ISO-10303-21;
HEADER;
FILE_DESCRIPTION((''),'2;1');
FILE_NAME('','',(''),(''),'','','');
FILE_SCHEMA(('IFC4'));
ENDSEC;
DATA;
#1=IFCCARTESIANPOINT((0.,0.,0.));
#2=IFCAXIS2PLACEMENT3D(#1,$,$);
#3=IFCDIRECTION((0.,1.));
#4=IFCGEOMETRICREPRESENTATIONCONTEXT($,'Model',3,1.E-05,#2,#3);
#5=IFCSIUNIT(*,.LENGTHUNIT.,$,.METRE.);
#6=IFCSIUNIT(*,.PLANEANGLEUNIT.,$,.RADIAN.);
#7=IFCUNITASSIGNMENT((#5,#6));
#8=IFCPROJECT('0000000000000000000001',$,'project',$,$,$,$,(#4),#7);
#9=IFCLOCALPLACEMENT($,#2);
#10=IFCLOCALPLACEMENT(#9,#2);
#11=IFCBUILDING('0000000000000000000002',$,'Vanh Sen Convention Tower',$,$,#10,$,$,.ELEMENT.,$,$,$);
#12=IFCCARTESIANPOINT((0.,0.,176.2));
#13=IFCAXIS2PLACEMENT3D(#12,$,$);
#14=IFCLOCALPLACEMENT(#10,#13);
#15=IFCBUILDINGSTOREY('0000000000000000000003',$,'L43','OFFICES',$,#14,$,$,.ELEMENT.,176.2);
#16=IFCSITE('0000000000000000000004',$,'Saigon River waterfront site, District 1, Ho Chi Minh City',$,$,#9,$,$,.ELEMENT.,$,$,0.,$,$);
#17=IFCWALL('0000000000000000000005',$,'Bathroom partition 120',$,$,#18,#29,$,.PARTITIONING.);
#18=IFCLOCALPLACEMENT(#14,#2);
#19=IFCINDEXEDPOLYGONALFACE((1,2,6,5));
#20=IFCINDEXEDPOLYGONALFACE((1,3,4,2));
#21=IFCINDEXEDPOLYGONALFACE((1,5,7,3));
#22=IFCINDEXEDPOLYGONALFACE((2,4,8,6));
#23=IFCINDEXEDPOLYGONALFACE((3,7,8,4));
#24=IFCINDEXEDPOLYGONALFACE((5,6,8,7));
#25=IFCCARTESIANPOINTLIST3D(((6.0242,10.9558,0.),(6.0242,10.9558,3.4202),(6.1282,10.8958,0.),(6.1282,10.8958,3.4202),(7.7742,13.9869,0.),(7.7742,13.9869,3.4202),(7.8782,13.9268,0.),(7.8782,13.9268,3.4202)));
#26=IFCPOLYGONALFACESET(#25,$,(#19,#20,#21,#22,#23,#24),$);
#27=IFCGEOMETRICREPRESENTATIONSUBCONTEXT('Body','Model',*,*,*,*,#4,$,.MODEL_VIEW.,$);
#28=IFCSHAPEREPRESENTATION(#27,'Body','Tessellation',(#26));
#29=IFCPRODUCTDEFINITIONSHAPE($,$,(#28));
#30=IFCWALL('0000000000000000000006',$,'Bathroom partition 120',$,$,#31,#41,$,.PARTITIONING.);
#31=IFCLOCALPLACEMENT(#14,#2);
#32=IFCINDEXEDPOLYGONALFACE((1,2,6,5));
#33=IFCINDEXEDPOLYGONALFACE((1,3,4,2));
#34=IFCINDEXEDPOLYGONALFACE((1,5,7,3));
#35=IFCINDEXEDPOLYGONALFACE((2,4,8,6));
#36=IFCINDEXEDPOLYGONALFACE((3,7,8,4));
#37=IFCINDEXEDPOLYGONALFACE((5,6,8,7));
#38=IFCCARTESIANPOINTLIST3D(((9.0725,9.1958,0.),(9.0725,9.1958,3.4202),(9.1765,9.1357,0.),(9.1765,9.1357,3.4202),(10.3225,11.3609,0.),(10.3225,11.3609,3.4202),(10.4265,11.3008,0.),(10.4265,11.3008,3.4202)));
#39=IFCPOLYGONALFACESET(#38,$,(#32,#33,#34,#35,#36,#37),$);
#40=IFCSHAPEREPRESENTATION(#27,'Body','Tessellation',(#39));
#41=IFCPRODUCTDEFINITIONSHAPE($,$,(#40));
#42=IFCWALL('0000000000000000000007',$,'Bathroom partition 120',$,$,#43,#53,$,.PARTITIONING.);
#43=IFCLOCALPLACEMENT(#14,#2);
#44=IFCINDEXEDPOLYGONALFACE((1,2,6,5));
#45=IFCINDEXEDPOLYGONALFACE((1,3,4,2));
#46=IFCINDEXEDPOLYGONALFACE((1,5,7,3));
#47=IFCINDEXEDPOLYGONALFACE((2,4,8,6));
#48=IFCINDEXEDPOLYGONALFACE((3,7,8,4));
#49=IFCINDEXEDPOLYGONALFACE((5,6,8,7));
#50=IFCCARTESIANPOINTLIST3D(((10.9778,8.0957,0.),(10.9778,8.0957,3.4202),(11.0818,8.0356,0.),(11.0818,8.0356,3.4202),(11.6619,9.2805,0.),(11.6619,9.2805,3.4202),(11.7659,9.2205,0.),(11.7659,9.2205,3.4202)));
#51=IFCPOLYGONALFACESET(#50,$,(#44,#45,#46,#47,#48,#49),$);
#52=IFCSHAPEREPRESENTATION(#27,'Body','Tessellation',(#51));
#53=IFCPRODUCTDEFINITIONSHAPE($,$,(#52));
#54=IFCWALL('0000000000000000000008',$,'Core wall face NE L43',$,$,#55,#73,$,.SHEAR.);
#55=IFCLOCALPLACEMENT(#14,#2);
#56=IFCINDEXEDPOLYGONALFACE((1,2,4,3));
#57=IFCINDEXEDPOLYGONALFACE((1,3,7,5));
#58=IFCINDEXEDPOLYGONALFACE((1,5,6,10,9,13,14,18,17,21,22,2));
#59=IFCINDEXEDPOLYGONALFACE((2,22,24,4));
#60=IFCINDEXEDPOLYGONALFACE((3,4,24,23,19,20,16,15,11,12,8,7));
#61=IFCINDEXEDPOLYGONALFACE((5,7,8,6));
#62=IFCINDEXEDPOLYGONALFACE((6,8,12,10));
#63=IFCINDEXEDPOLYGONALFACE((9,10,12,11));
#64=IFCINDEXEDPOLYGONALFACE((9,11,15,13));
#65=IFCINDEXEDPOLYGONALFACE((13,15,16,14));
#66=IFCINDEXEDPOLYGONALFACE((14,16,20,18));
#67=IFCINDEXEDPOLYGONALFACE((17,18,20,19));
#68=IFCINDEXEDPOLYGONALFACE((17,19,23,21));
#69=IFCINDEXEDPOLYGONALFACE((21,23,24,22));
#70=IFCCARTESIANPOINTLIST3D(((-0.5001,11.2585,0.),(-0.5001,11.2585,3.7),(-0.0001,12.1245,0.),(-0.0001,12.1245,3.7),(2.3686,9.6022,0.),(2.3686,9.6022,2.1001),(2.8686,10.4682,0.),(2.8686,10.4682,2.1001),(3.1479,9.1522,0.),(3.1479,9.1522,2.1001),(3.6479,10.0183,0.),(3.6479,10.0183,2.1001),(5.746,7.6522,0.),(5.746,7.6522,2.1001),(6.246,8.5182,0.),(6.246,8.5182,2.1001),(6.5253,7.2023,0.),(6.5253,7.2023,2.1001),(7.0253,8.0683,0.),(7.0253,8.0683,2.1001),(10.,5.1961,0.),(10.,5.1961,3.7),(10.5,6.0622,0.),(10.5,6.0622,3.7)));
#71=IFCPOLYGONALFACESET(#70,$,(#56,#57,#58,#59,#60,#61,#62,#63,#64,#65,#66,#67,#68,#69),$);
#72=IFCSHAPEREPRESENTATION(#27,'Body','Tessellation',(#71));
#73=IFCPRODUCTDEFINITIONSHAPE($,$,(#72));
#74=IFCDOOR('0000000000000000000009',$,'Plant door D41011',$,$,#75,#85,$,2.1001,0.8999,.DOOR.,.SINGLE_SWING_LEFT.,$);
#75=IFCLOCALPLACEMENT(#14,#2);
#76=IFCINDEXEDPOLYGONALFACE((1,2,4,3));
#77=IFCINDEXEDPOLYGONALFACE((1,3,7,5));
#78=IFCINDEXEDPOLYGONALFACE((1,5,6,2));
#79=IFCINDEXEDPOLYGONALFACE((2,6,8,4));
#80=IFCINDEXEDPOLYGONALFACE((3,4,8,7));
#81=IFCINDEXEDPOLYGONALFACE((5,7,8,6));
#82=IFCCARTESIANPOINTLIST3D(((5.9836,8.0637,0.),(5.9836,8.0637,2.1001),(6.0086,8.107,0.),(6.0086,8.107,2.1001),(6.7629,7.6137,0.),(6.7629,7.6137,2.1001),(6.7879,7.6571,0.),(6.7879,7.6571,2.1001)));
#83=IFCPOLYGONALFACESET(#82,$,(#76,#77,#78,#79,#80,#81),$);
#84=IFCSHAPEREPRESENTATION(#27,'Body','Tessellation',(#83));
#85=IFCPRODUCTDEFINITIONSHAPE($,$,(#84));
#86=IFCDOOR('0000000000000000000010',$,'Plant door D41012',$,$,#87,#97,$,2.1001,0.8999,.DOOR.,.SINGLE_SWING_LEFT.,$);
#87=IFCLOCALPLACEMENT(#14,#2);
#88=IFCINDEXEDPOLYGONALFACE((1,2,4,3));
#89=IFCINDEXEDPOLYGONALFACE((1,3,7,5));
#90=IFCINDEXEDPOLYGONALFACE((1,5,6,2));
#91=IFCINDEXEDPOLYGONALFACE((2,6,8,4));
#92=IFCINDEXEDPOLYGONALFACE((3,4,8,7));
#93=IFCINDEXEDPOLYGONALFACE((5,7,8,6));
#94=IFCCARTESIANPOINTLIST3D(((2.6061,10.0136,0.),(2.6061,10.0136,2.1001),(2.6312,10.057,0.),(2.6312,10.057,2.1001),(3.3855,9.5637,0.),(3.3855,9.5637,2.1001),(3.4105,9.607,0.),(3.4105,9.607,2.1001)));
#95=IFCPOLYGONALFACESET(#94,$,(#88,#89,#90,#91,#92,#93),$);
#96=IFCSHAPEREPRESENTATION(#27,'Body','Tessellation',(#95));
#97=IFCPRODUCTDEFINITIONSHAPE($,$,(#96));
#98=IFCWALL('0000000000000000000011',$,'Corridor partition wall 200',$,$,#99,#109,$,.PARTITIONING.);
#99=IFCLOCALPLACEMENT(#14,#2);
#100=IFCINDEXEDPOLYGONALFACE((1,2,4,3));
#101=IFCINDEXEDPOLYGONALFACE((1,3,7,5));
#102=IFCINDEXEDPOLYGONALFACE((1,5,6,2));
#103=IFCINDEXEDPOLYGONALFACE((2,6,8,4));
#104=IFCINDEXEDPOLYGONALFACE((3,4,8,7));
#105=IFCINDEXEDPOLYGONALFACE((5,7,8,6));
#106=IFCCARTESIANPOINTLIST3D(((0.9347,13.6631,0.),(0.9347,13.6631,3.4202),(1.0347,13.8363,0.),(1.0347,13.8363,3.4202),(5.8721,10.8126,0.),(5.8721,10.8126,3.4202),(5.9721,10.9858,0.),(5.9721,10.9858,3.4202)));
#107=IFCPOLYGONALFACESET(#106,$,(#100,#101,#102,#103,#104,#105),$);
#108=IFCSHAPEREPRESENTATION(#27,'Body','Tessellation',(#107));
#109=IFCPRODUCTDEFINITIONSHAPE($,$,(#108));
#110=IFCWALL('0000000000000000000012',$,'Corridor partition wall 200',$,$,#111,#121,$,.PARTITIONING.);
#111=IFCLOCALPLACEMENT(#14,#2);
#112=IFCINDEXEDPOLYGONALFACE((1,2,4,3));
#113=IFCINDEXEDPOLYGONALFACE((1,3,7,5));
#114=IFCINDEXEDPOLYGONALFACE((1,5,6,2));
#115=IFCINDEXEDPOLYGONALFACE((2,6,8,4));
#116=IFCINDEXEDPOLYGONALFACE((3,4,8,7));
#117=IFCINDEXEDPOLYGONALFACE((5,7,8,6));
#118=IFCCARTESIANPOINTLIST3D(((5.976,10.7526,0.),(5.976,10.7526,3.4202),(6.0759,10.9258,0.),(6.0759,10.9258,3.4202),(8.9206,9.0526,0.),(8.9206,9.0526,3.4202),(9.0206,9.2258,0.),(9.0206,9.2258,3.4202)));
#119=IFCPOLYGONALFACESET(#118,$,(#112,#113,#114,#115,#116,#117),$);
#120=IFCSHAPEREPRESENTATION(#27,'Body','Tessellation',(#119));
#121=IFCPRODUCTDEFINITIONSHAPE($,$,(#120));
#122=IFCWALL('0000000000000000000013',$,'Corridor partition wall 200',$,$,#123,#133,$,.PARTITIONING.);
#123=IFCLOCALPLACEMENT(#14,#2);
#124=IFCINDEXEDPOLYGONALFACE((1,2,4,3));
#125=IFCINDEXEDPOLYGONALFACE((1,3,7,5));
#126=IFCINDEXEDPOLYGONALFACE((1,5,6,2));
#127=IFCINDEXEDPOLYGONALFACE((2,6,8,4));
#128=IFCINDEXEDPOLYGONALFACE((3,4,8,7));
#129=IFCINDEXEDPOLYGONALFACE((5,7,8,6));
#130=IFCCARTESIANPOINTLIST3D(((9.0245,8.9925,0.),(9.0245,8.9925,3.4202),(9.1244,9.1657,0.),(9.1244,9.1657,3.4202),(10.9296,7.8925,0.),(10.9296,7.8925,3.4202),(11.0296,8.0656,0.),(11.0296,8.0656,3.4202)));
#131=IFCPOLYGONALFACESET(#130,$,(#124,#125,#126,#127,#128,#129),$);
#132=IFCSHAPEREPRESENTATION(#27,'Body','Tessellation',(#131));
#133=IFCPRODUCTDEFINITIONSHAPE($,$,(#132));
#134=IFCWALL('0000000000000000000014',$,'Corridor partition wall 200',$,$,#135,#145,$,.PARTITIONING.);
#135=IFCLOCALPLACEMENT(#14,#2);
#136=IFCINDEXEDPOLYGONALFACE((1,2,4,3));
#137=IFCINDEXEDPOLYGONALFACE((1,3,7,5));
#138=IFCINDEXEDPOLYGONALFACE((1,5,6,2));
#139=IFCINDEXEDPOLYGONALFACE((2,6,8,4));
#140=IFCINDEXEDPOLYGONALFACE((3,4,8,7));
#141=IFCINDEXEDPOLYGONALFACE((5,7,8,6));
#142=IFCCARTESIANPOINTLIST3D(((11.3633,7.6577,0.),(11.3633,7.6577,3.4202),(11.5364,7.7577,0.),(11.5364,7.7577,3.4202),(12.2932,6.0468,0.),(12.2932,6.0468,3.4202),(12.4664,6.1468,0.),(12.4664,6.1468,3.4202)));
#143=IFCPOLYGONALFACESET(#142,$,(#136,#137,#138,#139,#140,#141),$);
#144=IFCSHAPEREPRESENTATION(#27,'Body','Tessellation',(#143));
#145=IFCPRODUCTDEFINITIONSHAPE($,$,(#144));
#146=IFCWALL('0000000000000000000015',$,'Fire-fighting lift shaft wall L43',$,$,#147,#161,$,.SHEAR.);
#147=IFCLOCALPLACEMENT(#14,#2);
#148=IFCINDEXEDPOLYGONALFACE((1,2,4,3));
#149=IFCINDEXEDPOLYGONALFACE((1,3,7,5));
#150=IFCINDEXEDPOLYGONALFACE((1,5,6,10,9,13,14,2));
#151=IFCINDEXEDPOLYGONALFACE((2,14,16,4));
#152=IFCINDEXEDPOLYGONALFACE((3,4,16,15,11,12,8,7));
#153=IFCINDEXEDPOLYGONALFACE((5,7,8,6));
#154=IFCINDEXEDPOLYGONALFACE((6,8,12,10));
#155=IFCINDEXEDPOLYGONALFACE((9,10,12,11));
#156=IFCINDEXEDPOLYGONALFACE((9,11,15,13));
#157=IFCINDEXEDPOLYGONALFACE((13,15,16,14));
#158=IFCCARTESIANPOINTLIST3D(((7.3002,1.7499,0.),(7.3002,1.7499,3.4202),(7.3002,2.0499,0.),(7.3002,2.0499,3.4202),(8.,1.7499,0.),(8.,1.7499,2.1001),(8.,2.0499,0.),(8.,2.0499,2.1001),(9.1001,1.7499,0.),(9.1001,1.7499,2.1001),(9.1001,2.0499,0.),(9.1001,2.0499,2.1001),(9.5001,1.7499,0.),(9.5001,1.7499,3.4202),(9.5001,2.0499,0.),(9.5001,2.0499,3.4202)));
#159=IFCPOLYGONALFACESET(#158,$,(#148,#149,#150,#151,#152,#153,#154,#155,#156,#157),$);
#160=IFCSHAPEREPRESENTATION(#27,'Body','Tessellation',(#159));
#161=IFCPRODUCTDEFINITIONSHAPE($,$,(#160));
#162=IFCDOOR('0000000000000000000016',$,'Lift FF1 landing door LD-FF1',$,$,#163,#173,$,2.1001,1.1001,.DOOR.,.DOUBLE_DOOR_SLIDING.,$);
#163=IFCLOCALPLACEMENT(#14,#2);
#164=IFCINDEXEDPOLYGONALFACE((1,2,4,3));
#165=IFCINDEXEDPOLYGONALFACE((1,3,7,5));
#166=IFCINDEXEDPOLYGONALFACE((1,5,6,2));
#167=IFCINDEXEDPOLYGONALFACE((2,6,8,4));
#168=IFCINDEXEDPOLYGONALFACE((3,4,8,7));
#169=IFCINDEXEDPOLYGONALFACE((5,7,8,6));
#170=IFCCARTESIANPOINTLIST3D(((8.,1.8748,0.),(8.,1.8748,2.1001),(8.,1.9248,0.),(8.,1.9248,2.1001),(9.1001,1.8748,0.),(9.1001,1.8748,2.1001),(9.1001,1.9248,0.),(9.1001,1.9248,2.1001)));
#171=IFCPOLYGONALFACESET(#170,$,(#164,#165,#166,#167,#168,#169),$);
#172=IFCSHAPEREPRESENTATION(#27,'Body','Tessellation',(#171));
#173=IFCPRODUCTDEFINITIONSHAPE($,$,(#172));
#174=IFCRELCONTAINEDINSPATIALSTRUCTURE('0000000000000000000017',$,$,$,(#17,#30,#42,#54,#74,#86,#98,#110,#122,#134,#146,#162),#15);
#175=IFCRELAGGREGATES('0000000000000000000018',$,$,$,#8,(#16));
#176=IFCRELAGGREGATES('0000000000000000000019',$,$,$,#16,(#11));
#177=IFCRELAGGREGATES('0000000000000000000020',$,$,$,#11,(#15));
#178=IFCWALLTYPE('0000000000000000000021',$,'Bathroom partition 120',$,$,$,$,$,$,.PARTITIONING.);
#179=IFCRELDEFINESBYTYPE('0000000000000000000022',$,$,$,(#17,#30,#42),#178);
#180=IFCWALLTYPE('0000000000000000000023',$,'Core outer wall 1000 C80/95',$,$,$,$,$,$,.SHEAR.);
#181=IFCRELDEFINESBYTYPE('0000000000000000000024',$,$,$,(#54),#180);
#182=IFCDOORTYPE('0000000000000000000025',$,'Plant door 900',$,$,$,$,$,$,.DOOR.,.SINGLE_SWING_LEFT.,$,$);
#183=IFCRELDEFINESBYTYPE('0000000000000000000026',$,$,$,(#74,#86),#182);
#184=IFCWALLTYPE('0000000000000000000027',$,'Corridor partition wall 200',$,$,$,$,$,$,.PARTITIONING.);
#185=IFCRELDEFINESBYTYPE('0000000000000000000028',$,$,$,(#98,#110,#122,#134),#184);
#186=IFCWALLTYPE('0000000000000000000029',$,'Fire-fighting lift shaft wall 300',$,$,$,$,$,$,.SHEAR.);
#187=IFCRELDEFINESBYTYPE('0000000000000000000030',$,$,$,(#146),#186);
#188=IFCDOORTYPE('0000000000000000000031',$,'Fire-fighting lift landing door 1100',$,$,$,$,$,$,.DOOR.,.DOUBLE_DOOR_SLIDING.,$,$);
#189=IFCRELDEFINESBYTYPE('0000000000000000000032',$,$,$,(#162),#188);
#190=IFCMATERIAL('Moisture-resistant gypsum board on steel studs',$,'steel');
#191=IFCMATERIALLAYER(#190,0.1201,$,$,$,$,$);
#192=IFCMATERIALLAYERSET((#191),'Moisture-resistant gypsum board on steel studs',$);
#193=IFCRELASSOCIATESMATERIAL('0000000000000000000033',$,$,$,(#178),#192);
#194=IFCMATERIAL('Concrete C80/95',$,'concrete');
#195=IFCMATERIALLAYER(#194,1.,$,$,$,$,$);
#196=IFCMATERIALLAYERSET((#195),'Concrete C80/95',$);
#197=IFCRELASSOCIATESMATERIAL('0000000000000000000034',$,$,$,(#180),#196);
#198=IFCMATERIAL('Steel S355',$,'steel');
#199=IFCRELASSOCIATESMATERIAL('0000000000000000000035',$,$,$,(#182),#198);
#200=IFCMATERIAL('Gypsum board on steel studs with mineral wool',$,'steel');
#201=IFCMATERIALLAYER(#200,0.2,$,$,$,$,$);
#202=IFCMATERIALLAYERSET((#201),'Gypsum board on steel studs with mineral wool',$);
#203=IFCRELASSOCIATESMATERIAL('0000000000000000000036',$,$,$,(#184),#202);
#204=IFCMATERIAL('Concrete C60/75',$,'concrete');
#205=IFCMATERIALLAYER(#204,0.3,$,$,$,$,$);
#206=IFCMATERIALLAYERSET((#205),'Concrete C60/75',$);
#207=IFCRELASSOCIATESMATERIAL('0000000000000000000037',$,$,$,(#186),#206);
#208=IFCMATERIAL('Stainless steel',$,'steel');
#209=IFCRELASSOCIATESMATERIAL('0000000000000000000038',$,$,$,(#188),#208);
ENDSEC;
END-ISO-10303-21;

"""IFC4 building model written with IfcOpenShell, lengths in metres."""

from ifc_helpers import new_model, si_unit, direction, frame, frame_2d, origin, place, context, subcontext, project, spatial, rectangle, extrude, material, layer, layer_set, type_object, element, fill, save


model = new_model("IFC4")

# Units and contexts
model_context = context("Model", 3, precision=1e-05, world=origin(), true_north=direction((0.0, 1.0)))
body_context = subcontext(model_context, "Body", "Model", "MODEL_VIEW")
ifc_project = project(units=[si_unit("LENGTHUNIT", "METRE"), si_unit("PLANEANGLEUNIT", "RADIAN")], contexts=[model_context])

# Site, building, storey
site_placement = place(None, origin())
site = spatial("IfcSite", under=ifc_project, at=site_placement, Name="Saigon River waterfront site, District 1, Ho Chi Minh City", CompositionType="ELEMENT", RefElevation=0.0)
building_placement = place(site_placement, origin())
building = spatial("IfcBuilding", under=site, at=building_placement, Name="Vanh Sen Convention Tower", CompositionType="ELEMENT")
storey_placement = place(building_placement, frame((0.0, 0.0, 176.2)))
storey = spatial("IfcBuildingStorey", under=building, at=storey_placement, Name="L43", Description="OFFICES", CompositionType="ELEMENT", Elevation=176.2)

# Walls
ifc_material_1 = material(Name="Moisture-resistant gypsum board on steel studs", Category="steel")
ifc_layer_1 = layer(ifc_material_1, 0.1201)
ifc_layer_set_1 = layer_set([ifc_layer_1], Name="Moisture-resistant gypsum board on steel studs")
wall_type_1 = type_object("IfcWallType", Name="Bathroom partition 120", PredefinedType="PARTITIONING", material=ifc_layer_set_1)
wall_1_placement = place(storey_placement, frame((6.0762, 10.9258, 0.0), z_axis=(0.0, 0.0, 1.0), x_axis=(0.50001, 0.866019, 0.0)))
element("IfcWall", 1, at=wall_1_placement, inside=storey, type_object=wall_type_1, Name="Bathroom partition 120", PredefinedType="PARTITIONING", context=body_context, shape_type="SweptSolid", body=[
    extrude(rectangle(XDim=3.5, YDim=0.1201, at=frame_2d((1.75, 0.0))), origin(), (0.0, 0.0, 1.0), 3.4202),
])
wall_2_placement = place(storey_placement, frame((9.1245, 9.1658, 0.0), z_axis=(0.0, 0.0, 1.0), x_axis=(0.500004, 0.866023, 0.0)))
element("IfcWall", 2, at=wall_2_placement, inside=storey, type_object=wall_type_1, Name="Bathroom partition 120", PredefinedType="PARTITIONING", context=body_context, shape_type="SweptSolid", body=[
    extrude(rectangle(XDim=2.5, YDim=0.1201, at=frame_2d((1.25, 0.0))), origin(), (0.0, 0.0, 1.0), 3.4202),
])
wall_3_placement = place(storey_placement, frame((11.7139, 9.2505, 0.0), z_axis=(0.0, 0.0, 1.0), x_axis=(-0.500016, -0.866016, 0.0)))
element("IfcWall", 3, at=wall_3_placement, inside=storey, type_object=wall_type_1, Name="Bathroom partition 120", PredefinedType="PARTITIONING", context=body_context, shape_type="SweptSolid", body=[
    extrude(rectangle(XDim=1.3682, YDim=0.1201, at=frame_2d((0.6841, 0.0))), origin(), (0.0, 0.0, 1.0), 3.4202),
])

# Wall, openings, doors
ifc_material_2 = material(Name="Concrete C80/95", Category="concrete")
ifc_layer_2 = layer(ifc_material_2, 1.0)
ifc_layer_set_2 = layer_set([ifc_layer_2], Name="Concrete C80/95")
wall_type_2 = type_object("IfcWallType", Name="Core outer wall 1000 C80/95", PredefinedType="SHEAR", material=ifc_layer_set_2)
wall_4_placement = place(storey_placement, frame((10.25, 5.6292, 0.0), z_axis=(0.0, 0.0, 1.0), x_axis=(-0.866023, 0.500005, 0.0)))
wall_4 = element("IfcWall", 4, at=wall_4_placement, inside=storey, type_object=wall_type_2, Name="Core wall face NE L43", PredefinedType="SHEAR", context=body_context, shape_type="SweptSolid", body=[
    extrude(rectangle(XDim=12.1245, YDim=1.0, at=frame_2d((6.0623, 0.0))), origin(), (0.0, 0.0, 1.0), 3.7),
])
opening_1_placement = place(wall_4_placement, frame((4.0122, 0.0, 0.0)))
opening_1 = element("IfcOpeningElement", 5, at=opening_1_placement, cuts=wall_4, PredefinedType="OPENING", context=body_context, shape_type="SweptSolid", body=[
    extrude(rectangle(XDim=0.8999, YDim=2.1001, at=frame_2d((0.45, 1.05))), frame((0.0, 0.51, 0.0), z_axis=(0.0, -1.0, 0.0), x_axis=(1.0, 0.0, 0.0)), (0.0, 0.0, 1.0), 1.02),
])
opening_2_placement = place(wall_4_placement, frame((7.9121, 0.0, 0.0)))
opening_2 = element("IfcOpeningElement", 6, at=opening_2_placement, cuts=wall_4, PredefinedType="OPENING", context=body_context, shape_type="SweptSolid", body=[
    extrude(rectangle(XDim=0.8999, YDim=2.1001, at=frame_2d((0.45, 1.05))), frame((0.0, 0.51, 0.0), z_axis=(0.0, -1.0, 0.0), x_axis=(1.0, 0.0, 0.0)), (0.0, 0.0, 1.0), 1.02),
])
ifc_material_3 = material(Name="Steel S355", Category="steel")
door_type_1 = type_object("IfcDoorType", Name="Plant door 900", OperationType="SINGLE_SWING_LEFT", PredefinedType="DOOR", material=ifc_material_3)
door_1_placement = place(opening_1_placement, origin())
door_1 = element("IfcDoor", 7, at=door_1_placement, inside=storey, type_object=door_type_1, Name="Plant door D41011", OperationType="SINGLE_SWING_LEFT", OverallHeight=2.1001, OverallWidth=0.8999, PredefinedType="DOOR", context=body_context, shape_type="SweptSolid", body=[
    extrude(rectangle(XDim=0.8999, YDim=2.1001, at=frame_2d((0.45, 1.05))), frame((0.0, 0.0249, 0.0), z_axis=(0.0, -1.0, 0.0), x_axis=(1.0, 0.0, 0.0)), (0.0, 0.0, 1.0), 0.05),
])
fill(opening_1, door_1)
door_2_placement = place(opening_2_placement, origin())
door_2 = element("IfcDoor", 8, at=door_2_placement, inside=storey, type_object=door_type_1, Name="Plant door D41012", OperationType="SINGLE_SWING_LEFT", OverallHeight=2.1001, OverallWidth=0.8999, PredefinedType="DOOR", context=body_context, shape_type="SweptSolid", body=[
    extrude(rectangle(XDim=0.8999, YDim=2.1001, at=frame_2d((0.45, 1.05))), frame((0.0, 0.0249, 0.0), z_axis=(0.0, -1.0, 0.0), x_axis=(1.0, 0.0, 0.0)), (0.0, 0.0, 1.0), 0.05),
])
fill(opening_2, door_2)

# Walls
ifc_material_4 = material(Name="Gypsum board on steel studs with mineral wool", Category="steel")
ifc_layer_3 = layer(ifc_material_4, 0.2)
ifc_layer_set_3 = layer_set([ifc_layer_3], Name="Gypsum board on steel studs with mineral wool")
wall_type_3 = type_object("IfcWallType", Name="Corridor partition wall 200", PredefinedType="PARTITIONING", material=ifc_layer_set_3)
wall_5_placement = place(storey_placement, frame((5.9221, 10.8992, 0.0), z_axis=(0.0, 0.0, 1.0), x_axis=(-0.866032, 0.499989, 0.0)))
element("IfcWall", 9, at=wall_5_placement, inside=storey, type_object=wall_type_3, Name="Corridor partition wall 200", PredefinedType="PARTITIONING", context=body_context, shape_type="SweptSolid", body=[
    extrude(rectangle(XDim=5.7012, YDim=0.2, at=frame_2d((2.8506, 0.0))), origin(), (0.0, 0.0, 1.0), 3.4202),
])
wall_6_placement = place(storey_placement, frame((8.9707, 9.1392, 0.0), z_axis=(0.0, 0.0, 1.0), x_axis=(-0.866039, 0.499977, 0.0)))
element("IfcWall", 10, at=wall_6_placement, inside=storey, type_object=wall_type_3, Name="Corridor partition wall 200", PredefinedType="PARTITIONING", context=body_context, shape_type="SweptSolid", body=[
    extrude(rectangle(XDim=3.4001, YDim=0.2, at=frame_2d((1.7002, 0.0))), origin(), (0.0, 0.0, 1.0), 3.4202),
])
wall_7_placement = place(storey_placement, frame((10.9797, 7.979, 0.0), z_axis=(0.0, 0.0, 1.0), x_axis=(-0.866008, 0.50003, 0.0)))
element("IfcWall", 11, at=wall_7_placement, inside=storey, type_object=wall_type_3, Name="Corridor partition wall 200", PredefinedType="PARTITIONING", context=body_context, shape_type="SweptSolid", body=[
    extrude(rectangle(XDim=2.2, YDim=0.2, at=frame_2d((1.1001, 0.0))), origin(), (0.0, 0.0, 1.0), 3.4202),
])
wall_8_placement = place(storey_placement, frame((12.3799, 6.0967, 0.0), z_axis=(0.0, 0.0, 1.0), x_axis=(-0.499965, 0.866046, 0.0)))
element("IfcWall", 12, at=wall_8_placement, inside=storey, type_object=wall_type_3, Name="Corridor partition wall 200", PredefinedType="PARTITIONING", context=body_context, shape_type="SweptSolid", body=[
    extrude(rectangle(XDim=1.8601, YDim=0.2, at=frame_2d((0.9302, 0.0))), origin(), (0.0, 0.0, 1.0), 3.4202),
])

# Wall, opening, door
ifc_material_5 = material(Name="Concrete C60/75", Category="concrete")
ifc_layer_4 = layer(ifc_material_5, 0.3)
ifc_layer_set_4 = layer_set([ifc_layer_4], Name="Concrete C60/75")
wall_type_4 = type_object("IfcWallType", Name="Fire-fighting lift shaft wall 300", PredefinedType="SHEAR", material=ifc_layer_set_4)
wall_9_placement = place(storey_placement, frame((7.3, 1.8999, 0.0), z_axis=(0.0, 0.0, 1.0), x_axis=(1.0, 0.0, 0.0)))
wall_9 = element("IfcWall", 13, at=wall_9_placement, inside=storey, type_object=wall_type_4, Name="Fire-fighting lift shaft wall L43", PredefinedType="SHEAR", context=body_context, shape_type="SweptSolid", body=[
    extrude(rectangle(XDim=2.2, YDim=0.3, at=frame_2d((1.1001, 0.0))), origin(), (0.0, 0.0, 1.0), 3.4202),
])
opening_3_placement = place(wall_9_placement, frame((0.7, 0.0, 0.0)))
opening_3 = element("IfcOpeningElement", 14, at=opening_3_placement, cuts=wall_9, PredefinedType="OPENING", context=body_context, shape_type="SweptSolid", body=[
    extrude(rectangle(XDim=1.1001, YDim=2.1001, at=frame_2d((0.55, 1.05))), frame((0.0, 0.1599, 0.0), z_axis=(0.0, -1.0, 0.0), x_axis=(1.0, 0.0, 0.0)), (0.0, 0.0, 1.0), 0.3201),
])
ifc_material_6 = material(Name="Stainless steel", Category="steel")
door_type_2 = type_object("IfcDoorType", Name="Fire-fighting lift landing door 1100", OperationType="DOUBLE_DOOR_SLIDING", PredefinedType="DOOR", material=ifc_material_6)
door_3_placement = place(opening_3_placement, origin())
door_3 = element("IfcDoor", 15, at=door_3_placement, inside=storey, type_object=door_type_2, Name="Lift FF1 landing door LD-FF1", OperationType="DOUBLE_DOOR_SLIDING", OverallHeight=2.1001, OverallWidth=1.1001, PredefinedType="DOOR", context=body_context, shape_type="SweptSolid", body=[
    extrude(rectangle(XDim=1.1001, YDim=2.1001, at=frame_2d((0.55, 1.05))), frame((0.0, 0.0249, 0.0), z_axis=(0.0, -1.0, 0.0), x_axis=(1.0, 0.0, 0.0)), (0.0, 0.0, 1.0), 0.05),
])
fill(opening_3, door_3)

save(model, "model.ifc")
